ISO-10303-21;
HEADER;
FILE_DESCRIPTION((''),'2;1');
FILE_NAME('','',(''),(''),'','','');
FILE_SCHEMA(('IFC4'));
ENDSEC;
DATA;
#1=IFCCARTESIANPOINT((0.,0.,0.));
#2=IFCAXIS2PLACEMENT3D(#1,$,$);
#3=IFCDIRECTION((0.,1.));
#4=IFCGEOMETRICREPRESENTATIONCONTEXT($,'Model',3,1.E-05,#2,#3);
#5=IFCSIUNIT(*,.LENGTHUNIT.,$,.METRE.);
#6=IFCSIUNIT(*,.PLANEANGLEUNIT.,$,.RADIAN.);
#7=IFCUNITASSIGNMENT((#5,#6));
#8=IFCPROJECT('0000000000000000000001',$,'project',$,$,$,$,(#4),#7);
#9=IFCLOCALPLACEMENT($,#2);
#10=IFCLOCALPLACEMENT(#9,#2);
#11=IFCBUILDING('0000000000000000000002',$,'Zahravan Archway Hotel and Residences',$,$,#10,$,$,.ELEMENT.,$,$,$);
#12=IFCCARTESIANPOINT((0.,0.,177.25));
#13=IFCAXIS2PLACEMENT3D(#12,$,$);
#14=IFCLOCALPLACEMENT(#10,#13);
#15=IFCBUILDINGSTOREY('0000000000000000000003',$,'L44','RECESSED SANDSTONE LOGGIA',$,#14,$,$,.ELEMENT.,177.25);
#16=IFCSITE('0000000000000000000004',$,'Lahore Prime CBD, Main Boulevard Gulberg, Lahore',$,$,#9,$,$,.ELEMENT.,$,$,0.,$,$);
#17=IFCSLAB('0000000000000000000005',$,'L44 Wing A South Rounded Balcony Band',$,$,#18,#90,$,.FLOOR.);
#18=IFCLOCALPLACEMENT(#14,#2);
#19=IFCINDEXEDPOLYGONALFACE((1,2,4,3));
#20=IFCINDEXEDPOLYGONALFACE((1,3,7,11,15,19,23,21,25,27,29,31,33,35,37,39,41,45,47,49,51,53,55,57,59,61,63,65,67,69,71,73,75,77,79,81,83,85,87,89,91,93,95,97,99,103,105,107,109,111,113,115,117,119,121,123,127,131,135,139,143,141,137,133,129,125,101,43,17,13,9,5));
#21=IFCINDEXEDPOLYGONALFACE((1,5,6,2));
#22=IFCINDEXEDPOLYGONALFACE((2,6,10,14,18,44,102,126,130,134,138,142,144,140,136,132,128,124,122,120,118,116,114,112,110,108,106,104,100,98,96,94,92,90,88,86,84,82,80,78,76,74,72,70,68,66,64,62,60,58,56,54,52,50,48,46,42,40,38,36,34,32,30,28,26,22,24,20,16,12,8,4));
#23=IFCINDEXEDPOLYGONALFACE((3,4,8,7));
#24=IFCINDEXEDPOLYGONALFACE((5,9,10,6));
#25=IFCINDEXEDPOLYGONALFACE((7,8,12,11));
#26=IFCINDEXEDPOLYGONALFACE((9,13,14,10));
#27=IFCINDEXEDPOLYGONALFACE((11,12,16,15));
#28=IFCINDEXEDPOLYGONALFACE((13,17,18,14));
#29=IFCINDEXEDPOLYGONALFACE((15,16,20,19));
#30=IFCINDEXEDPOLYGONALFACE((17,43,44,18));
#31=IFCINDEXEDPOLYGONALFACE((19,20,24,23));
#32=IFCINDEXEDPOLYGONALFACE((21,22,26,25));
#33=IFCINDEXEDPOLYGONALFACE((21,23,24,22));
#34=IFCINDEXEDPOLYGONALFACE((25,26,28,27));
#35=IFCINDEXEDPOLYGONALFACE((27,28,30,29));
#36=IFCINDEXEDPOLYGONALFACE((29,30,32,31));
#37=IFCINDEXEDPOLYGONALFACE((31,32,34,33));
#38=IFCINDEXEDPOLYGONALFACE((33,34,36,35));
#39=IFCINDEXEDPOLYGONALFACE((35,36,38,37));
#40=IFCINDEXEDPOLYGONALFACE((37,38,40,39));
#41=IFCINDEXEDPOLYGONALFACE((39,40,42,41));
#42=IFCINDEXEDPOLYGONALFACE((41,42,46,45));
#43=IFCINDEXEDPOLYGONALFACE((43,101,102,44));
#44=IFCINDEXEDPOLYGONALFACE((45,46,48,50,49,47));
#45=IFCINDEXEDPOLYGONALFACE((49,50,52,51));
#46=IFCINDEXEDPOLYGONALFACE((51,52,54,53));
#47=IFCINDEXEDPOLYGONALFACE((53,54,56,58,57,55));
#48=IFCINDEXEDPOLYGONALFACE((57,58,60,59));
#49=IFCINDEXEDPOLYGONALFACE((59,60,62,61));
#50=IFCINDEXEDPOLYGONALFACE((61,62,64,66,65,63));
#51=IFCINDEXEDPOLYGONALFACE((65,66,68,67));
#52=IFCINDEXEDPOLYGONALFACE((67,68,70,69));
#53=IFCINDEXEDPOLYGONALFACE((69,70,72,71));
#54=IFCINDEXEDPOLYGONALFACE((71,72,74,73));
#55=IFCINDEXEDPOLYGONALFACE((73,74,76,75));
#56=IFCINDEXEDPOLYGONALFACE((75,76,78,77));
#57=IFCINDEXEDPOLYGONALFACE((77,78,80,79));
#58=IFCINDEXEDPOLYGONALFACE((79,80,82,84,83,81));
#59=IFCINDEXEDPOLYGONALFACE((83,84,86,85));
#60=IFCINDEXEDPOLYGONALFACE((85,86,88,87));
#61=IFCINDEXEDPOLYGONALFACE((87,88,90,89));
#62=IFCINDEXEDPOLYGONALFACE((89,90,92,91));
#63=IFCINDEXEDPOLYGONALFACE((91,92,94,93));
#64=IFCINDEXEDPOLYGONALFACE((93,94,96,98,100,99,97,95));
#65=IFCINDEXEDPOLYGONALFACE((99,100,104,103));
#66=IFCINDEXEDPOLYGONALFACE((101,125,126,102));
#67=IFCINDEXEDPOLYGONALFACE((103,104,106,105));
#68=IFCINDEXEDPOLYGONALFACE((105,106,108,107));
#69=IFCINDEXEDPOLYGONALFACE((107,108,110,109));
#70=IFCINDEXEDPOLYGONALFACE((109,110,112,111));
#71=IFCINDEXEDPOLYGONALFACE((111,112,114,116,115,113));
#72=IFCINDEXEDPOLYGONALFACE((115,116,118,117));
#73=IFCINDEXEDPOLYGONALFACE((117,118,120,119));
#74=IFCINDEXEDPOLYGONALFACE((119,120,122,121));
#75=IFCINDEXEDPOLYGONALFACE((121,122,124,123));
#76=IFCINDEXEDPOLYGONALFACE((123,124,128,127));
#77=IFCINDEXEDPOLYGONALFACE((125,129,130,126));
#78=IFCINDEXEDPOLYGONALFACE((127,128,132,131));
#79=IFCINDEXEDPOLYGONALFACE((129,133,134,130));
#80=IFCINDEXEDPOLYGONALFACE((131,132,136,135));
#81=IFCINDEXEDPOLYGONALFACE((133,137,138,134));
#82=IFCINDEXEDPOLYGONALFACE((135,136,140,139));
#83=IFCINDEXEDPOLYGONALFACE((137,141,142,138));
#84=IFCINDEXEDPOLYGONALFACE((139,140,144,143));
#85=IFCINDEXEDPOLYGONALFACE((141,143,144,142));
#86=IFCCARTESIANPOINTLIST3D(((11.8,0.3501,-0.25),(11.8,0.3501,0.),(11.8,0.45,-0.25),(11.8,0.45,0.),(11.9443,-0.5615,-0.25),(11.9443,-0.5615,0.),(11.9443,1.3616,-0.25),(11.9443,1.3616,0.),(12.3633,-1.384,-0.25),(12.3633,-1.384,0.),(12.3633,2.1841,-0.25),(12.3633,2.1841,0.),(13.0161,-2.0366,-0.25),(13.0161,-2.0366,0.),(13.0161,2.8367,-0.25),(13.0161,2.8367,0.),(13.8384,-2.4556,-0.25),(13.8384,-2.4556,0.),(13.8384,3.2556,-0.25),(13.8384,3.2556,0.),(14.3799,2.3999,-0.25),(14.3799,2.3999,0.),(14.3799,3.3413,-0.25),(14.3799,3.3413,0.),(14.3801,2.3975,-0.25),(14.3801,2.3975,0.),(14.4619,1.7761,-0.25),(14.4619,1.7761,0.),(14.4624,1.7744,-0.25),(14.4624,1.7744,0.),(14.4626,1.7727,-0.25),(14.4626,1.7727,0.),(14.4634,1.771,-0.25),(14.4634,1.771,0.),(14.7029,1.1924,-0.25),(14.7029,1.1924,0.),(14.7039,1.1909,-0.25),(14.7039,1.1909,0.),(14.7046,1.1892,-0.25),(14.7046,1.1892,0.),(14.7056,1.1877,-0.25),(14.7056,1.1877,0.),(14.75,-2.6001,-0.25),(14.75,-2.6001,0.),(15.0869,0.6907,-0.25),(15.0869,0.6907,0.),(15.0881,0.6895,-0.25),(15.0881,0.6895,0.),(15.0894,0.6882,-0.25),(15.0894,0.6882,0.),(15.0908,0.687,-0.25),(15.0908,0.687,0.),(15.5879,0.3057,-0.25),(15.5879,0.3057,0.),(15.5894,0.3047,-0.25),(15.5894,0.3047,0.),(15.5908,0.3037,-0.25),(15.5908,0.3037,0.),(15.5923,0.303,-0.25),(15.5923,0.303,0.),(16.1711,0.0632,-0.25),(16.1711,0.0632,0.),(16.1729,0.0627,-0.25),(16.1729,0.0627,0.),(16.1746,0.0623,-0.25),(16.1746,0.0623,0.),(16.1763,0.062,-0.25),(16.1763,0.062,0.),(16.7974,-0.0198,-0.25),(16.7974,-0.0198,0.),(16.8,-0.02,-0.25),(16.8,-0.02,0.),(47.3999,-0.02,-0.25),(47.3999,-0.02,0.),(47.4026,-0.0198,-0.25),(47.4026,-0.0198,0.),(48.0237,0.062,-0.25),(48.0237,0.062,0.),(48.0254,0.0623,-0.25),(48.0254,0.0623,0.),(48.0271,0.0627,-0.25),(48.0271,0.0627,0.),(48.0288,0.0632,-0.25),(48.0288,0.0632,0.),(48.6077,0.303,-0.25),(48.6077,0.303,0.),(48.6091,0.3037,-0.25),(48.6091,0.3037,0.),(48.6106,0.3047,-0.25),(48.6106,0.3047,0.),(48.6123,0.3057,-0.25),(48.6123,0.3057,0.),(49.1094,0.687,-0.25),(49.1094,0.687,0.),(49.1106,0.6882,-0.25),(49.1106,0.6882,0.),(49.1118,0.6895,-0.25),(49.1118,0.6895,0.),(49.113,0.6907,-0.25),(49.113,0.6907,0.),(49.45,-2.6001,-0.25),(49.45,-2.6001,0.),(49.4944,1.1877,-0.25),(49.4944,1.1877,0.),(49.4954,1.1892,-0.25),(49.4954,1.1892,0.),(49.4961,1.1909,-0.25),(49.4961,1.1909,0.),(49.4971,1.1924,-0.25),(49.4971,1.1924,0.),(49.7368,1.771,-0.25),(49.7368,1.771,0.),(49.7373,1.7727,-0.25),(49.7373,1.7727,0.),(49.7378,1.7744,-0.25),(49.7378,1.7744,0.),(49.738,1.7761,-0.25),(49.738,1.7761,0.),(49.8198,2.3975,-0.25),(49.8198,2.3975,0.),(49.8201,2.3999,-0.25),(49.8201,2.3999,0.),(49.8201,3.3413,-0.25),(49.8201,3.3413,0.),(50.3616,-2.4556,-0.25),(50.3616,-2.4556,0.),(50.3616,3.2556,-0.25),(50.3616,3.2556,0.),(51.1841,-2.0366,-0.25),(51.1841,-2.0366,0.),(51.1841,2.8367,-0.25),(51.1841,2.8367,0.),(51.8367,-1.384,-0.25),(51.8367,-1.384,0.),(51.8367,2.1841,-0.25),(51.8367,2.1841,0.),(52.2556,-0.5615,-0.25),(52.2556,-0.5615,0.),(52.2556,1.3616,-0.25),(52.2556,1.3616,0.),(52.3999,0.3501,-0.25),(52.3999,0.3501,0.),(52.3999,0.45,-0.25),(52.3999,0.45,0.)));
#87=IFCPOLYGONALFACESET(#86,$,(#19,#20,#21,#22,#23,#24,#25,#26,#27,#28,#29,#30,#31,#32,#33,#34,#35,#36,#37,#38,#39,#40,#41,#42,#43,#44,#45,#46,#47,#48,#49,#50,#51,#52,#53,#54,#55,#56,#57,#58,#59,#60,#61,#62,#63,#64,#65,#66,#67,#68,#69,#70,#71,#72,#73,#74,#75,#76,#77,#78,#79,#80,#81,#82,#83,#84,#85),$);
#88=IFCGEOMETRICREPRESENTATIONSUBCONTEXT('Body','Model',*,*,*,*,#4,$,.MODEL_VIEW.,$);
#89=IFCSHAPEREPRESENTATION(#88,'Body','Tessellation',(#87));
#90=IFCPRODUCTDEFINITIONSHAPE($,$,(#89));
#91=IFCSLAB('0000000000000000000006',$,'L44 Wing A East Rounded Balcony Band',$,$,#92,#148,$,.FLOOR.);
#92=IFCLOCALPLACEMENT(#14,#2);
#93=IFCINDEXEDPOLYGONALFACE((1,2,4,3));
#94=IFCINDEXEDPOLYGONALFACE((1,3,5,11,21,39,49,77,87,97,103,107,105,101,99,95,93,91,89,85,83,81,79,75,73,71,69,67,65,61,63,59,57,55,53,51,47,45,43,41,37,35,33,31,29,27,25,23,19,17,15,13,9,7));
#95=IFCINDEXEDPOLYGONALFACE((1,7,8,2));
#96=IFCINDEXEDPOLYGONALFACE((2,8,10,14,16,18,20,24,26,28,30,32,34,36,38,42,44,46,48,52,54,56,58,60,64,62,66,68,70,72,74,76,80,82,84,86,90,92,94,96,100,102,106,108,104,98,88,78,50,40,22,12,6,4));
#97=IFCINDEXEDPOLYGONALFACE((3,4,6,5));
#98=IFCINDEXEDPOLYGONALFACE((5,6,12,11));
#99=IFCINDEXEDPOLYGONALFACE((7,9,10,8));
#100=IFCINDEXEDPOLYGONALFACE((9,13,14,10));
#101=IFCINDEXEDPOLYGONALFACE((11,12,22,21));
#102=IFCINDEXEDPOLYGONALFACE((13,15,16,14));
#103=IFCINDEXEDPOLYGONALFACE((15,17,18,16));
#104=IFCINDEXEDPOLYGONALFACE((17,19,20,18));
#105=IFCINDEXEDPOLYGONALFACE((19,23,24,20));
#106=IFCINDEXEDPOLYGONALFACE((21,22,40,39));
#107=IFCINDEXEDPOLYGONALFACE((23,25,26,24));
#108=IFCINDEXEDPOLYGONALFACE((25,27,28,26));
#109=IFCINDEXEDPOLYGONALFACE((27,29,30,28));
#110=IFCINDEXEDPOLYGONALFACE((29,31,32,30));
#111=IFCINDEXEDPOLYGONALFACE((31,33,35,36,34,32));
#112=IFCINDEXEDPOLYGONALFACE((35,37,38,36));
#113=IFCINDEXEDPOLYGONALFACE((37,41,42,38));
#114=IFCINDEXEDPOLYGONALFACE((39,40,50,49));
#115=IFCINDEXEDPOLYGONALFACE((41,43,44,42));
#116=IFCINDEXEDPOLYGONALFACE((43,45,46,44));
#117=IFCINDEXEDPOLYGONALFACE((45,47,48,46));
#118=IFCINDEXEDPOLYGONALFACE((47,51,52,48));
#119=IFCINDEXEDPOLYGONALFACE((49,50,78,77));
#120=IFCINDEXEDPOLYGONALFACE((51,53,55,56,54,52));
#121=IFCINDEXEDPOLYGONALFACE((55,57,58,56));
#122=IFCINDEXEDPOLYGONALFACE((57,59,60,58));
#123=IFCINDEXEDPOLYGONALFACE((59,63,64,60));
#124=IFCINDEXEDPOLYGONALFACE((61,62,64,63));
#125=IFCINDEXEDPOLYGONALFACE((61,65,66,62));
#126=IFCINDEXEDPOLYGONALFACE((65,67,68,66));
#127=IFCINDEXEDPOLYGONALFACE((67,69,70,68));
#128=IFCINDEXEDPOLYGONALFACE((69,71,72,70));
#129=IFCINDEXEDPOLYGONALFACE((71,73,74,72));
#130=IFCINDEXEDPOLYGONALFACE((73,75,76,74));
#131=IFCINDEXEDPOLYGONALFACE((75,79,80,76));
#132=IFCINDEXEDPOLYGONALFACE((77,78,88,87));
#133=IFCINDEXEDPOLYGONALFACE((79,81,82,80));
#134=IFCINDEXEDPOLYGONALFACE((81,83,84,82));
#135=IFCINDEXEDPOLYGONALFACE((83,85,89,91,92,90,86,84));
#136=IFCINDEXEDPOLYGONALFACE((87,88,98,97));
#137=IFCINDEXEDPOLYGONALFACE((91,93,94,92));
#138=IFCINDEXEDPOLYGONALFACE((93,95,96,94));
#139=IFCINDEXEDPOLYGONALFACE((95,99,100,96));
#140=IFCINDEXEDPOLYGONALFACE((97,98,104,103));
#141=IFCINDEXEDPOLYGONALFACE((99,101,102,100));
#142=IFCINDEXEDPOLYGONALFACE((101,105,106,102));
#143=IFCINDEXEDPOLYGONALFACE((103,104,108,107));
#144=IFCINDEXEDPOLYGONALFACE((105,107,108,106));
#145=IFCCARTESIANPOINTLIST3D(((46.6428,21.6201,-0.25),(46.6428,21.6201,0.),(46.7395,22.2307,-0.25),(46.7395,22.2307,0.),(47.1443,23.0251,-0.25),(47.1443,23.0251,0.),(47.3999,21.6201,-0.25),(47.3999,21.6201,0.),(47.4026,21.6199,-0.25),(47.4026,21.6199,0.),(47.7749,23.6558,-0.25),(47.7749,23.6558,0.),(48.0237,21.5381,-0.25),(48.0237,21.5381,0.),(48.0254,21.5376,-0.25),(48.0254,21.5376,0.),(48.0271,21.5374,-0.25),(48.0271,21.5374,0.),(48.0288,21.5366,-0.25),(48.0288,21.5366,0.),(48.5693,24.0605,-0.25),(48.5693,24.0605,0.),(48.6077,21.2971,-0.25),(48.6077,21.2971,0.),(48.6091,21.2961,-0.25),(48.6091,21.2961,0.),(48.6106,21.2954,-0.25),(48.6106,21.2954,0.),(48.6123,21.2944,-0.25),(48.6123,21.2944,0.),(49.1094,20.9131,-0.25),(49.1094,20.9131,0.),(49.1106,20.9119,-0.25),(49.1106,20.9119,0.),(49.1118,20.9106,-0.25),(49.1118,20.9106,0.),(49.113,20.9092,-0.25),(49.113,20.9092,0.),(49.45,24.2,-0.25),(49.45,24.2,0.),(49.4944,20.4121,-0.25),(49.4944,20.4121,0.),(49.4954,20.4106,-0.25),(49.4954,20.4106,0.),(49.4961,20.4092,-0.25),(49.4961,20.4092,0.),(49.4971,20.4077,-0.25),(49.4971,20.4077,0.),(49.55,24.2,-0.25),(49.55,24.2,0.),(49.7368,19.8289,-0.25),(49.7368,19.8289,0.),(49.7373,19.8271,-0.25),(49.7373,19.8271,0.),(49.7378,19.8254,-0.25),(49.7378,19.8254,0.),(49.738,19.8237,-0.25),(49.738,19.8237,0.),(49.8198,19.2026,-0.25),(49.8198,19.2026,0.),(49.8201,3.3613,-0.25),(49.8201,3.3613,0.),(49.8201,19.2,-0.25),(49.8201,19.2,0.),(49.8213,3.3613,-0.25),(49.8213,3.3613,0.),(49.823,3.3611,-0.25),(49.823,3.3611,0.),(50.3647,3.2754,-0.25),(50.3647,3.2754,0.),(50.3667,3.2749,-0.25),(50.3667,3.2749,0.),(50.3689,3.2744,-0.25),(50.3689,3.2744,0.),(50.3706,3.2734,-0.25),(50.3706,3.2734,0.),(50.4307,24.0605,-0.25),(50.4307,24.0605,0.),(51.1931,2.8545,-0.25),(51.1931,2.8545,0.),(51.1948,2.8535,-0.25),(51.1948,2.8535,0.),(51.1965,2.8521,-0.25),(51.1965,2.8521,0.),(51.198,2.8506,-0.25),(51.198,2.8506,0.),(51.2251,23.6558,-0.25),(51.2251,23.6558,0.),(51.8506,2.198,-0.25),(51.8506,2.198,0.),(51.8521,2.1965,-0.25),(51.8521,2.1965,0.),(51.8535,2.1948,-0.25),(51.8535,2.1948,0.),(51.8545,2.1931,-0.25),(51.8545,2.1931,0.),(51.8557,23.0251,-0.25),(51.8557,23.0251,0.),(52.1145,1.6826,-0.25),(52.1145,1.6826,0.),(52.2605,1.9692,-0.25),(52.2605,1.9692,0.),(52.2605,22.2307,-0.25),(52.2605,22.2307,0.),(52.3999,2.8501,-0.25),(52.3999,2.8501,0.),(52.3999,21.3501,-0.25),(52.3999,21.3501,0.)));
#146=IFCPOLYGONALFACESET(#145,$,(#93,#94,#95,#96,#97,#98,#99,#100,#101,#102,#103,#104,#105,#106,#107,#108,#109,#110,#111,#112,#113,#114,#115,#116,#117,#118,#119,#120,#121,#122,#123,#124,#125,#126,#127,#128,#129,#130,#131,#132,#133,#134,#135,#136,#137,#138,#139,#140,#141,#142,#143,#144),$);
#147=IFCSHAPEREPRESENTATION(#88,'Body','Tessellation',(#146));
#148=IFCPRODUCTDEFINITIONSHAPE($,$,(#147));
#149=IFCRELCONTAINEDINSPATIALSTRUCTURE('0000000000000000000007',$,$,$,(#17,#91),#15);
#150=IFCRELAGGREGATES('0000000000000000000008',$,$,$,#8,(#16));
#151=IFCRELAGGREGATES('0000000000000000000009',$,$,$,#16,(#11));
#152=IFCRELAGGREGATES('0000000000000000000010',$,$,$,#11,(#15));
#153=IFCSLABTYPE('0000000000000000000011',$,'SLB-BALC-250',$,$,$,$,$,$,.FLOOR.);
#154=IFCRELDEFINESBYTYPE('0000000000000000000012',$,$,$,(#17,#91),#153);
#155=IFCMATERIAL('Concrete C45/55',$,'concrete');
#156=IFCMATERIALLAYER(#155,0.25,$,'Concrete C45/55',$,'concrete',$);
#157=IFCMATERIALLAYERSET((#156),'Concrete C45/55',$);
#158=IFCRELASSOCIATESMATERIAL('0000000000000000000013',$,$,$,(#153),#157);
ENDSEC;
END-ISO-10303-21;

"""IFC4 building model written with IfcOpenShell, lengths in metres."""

from ifc_helpers import new_model, si_unit, direction, frame, origin, place, context, subcontext, project, spatial, polyline, outline, extrude, material, layer, layer_set, type_object, element, save


model = new_model("IFC4")

# Units and contexts
model_context = context("Model", 3, precision=1e-05, world=origin(), true_north=direction((0.0, 1.0)))
body_context = subcontext(model_context, "Body", "Model", "MODEL_VIEW")
ifc_project = project(units=[si_unit("LENGTHUNIT", "METRE"), si_unit("PLANEANGLEUNIT", "RADIAN")], contexts=[model_context])

# Site, building, storey
site_placement = place(None, origin())
site = spatial("IfcSite", under=ifc_project, at=site_placement, Name="Lahore Prime CBD, Main Boulevard Gulberg, Lahore", CompositionType="ELEMENT", RefElevation=0.0)
building_placement = place(site_placement, origin())
building = spatial("IfcBuilding", under=site, at=building_placement, Name="Zahravan Archway Hotel and Residences", CompositionType="ELEMENT")
storey_placement = place(building_placement, frame((0.0, 0.0, 177.25)))
storey = spatial("IfcBuildingStorey", under=building, at=storey_placement, Name="L44", Description="RECESSED SANDSTONE LOGGIA", CompositionType="ELEMENT", Elevation=177.25)

# Slabs
ifc_material_1 = material(Name="Concrete C45/55", Category="concrete")
ifc_layer_1 = layer(ifc_material_1, 0.25, Name="Concrete C45/55", Category="concrete")
ifc_layer_set_1 = layer_set([ifc_layer_1], Name="Concrete C45/55")
slab_type_1 = type_object("IfcSlabType", Name="SLB-BALC-250", PredefinedType="FLOOR", material=ifc_layer_set_1)
slab_1_placement = place(storey_placement, frame((0.0, 0.0, -0.25)))
element("IfcSlab", 1, at=slab_1_placement, inside=storey, type_object=slab_type_1, Name="L44 Wing A South Rounded Balcony Band", PredefinedType="FLOOR", context=body_context, shape_type="SweptSolid", body=[
    extrude(outline(polyline([(50.3616, 3.2556), (51.1841, 2.8367), (51.8367, 2.1841), (52.2556, 1.3616), (52.3999, 0.45), (52.3999, 0.3501), (52.2556, -0.5615), (51.8367, -1.384), (51.1841, -2.0366), (50.3616, -2.4556), (49.45, -2.6001), (14.75, -2.6001), (13.8384, -2.4556), (13.0161, -2.0366), (12.3633, -1.384), (11.9443, -0.5615), (11.8, 0.3501), (11.8, 0.45), (11.9443, 1.3616), (12.3633, 2.1841), (13.0161, 2.8367), (13.8384, 3.2556), (14.3799, 3.3413), (14.3799, 2.3999), (14.3801, 2.3975), (14.4619, 1.7761), (14.4624, 1.7744), (14.4626, 1.7727), (14.4634, 1.771), (14.7029, 1.1924), (14.7039, 1.1909), (14.7046, 1.1892), (14.7056, 1.1877), (15.0869, 0.6907), (15.0881, 0.6895), (15.0894, 0.6882), (15.0908, 0.687), (15.5879, 0.3057), (15.5894, 0.3047), (15.5908, 0.3037), (15.5923, 0.303), (16.1711, 0.0632), (16.1729, 0.0627), (16.1746, 0.0623), (16.1763, 0.062), (16.7974, -0.0198), (16.8, -0.02), (47.3999, -0.02), (47.4026, -0.0198), (48.0237, 0.062), (48.0254, 0.0623), (48.0271, 0.0627), (48.0288, 0.0632), (48.6077, 0.303), (48.6091, 0.3037), (48.6106, 0.3047), (48.6123, 0.3057), (49.1094, 0.687), (49.1106, 0.6882), (49.1118, 0.6895), (49.113, 0.6907), (49.4944, 1.1877), (49.4954, 1.1892), (49.4961, 1.1909), (49.4971, 1.1924), (49.7368, 1.771), (49.7373, 1.7727), (49.7378, 1.7744), (49.738, 1.7761), (49.8198, 2.3975), (49.8201, 2.3999), (49.8201, 3.3413), (50.3616, 3.2556)])), origin(), (0.0, 0.0, 1.0), 0.25),
])
slab_2_placement = place(storey_placement, frame((0.0, 0.0, -0.25)))
element("IfcSlab", 2, at=slab_2_placement, inside=storey, type_object=slab_type_1, Name="L44 Wing A East Rounded Balcony Band", PredefinedType="FLOOR", context=body_context, shape_type="SweptSolid", body=[
    extrude(outline(polyline([(46.7395, 22.2307), (47.1443, 23.0251), (47.7749, 23.6558), (48.5693, 24.0605), (49.45, 24.2), (49.55, 24.2), (50.4307, 24.0605), (51.2251, 23.6558), (51.8557, 23.0251), (52.2605, 22.2307), (52.3999, 21.3501), (52.3999, 2.8501), (52.2605, 1.9692), (52.1145, 1.6826), (51.8545, 2.1931), (51.8535, 2.1948), (51.8521, 2.1965), (51.8506, 2.198), (51.198, 2.8506), (51.1965, 2.8521), (51.1948, 2.8535), (51.1931, 2.8545), (50.3706, 3.2734), (50.3689, 3.2744), (50.3667, 3.2749), (50.3647, 3.2754), (49.823, 3.3611), (49.8213, 3.3613), (49.8201, 3.3613), (49.8201, 19.2), (49.8198, 19.2026), (49.738, 19.8237), (49.7378, 19.8254), (49.7373, 19.8271), (49.7368, 19.8289), (49.4971, 20.4077), (49.4961, 20.4092), (49.4954, 20.4106), (49.4944, 20.4121), (49.113, 20.9092), (49.1118, 20.9106), (49.1106, 20.9119), (49.1094, 20.9131), (48.6123, 21.2944), (48.6106, 21.2954), (48.6091, 21.2961), (48.6077, 21.2971), (48.0288, 21.5366), (48.0271, 21.5374), (48.0254, 21.5376), (48.0237, 21.5381), (47.4026, 21.6199), (47.3999, 21.6201), (46.6428, 21.6201), (46.7395, 22.2307)])), origin(), (0.0, 0.0, 1.0), 0.25),
])

save(model, "model.ifc")
